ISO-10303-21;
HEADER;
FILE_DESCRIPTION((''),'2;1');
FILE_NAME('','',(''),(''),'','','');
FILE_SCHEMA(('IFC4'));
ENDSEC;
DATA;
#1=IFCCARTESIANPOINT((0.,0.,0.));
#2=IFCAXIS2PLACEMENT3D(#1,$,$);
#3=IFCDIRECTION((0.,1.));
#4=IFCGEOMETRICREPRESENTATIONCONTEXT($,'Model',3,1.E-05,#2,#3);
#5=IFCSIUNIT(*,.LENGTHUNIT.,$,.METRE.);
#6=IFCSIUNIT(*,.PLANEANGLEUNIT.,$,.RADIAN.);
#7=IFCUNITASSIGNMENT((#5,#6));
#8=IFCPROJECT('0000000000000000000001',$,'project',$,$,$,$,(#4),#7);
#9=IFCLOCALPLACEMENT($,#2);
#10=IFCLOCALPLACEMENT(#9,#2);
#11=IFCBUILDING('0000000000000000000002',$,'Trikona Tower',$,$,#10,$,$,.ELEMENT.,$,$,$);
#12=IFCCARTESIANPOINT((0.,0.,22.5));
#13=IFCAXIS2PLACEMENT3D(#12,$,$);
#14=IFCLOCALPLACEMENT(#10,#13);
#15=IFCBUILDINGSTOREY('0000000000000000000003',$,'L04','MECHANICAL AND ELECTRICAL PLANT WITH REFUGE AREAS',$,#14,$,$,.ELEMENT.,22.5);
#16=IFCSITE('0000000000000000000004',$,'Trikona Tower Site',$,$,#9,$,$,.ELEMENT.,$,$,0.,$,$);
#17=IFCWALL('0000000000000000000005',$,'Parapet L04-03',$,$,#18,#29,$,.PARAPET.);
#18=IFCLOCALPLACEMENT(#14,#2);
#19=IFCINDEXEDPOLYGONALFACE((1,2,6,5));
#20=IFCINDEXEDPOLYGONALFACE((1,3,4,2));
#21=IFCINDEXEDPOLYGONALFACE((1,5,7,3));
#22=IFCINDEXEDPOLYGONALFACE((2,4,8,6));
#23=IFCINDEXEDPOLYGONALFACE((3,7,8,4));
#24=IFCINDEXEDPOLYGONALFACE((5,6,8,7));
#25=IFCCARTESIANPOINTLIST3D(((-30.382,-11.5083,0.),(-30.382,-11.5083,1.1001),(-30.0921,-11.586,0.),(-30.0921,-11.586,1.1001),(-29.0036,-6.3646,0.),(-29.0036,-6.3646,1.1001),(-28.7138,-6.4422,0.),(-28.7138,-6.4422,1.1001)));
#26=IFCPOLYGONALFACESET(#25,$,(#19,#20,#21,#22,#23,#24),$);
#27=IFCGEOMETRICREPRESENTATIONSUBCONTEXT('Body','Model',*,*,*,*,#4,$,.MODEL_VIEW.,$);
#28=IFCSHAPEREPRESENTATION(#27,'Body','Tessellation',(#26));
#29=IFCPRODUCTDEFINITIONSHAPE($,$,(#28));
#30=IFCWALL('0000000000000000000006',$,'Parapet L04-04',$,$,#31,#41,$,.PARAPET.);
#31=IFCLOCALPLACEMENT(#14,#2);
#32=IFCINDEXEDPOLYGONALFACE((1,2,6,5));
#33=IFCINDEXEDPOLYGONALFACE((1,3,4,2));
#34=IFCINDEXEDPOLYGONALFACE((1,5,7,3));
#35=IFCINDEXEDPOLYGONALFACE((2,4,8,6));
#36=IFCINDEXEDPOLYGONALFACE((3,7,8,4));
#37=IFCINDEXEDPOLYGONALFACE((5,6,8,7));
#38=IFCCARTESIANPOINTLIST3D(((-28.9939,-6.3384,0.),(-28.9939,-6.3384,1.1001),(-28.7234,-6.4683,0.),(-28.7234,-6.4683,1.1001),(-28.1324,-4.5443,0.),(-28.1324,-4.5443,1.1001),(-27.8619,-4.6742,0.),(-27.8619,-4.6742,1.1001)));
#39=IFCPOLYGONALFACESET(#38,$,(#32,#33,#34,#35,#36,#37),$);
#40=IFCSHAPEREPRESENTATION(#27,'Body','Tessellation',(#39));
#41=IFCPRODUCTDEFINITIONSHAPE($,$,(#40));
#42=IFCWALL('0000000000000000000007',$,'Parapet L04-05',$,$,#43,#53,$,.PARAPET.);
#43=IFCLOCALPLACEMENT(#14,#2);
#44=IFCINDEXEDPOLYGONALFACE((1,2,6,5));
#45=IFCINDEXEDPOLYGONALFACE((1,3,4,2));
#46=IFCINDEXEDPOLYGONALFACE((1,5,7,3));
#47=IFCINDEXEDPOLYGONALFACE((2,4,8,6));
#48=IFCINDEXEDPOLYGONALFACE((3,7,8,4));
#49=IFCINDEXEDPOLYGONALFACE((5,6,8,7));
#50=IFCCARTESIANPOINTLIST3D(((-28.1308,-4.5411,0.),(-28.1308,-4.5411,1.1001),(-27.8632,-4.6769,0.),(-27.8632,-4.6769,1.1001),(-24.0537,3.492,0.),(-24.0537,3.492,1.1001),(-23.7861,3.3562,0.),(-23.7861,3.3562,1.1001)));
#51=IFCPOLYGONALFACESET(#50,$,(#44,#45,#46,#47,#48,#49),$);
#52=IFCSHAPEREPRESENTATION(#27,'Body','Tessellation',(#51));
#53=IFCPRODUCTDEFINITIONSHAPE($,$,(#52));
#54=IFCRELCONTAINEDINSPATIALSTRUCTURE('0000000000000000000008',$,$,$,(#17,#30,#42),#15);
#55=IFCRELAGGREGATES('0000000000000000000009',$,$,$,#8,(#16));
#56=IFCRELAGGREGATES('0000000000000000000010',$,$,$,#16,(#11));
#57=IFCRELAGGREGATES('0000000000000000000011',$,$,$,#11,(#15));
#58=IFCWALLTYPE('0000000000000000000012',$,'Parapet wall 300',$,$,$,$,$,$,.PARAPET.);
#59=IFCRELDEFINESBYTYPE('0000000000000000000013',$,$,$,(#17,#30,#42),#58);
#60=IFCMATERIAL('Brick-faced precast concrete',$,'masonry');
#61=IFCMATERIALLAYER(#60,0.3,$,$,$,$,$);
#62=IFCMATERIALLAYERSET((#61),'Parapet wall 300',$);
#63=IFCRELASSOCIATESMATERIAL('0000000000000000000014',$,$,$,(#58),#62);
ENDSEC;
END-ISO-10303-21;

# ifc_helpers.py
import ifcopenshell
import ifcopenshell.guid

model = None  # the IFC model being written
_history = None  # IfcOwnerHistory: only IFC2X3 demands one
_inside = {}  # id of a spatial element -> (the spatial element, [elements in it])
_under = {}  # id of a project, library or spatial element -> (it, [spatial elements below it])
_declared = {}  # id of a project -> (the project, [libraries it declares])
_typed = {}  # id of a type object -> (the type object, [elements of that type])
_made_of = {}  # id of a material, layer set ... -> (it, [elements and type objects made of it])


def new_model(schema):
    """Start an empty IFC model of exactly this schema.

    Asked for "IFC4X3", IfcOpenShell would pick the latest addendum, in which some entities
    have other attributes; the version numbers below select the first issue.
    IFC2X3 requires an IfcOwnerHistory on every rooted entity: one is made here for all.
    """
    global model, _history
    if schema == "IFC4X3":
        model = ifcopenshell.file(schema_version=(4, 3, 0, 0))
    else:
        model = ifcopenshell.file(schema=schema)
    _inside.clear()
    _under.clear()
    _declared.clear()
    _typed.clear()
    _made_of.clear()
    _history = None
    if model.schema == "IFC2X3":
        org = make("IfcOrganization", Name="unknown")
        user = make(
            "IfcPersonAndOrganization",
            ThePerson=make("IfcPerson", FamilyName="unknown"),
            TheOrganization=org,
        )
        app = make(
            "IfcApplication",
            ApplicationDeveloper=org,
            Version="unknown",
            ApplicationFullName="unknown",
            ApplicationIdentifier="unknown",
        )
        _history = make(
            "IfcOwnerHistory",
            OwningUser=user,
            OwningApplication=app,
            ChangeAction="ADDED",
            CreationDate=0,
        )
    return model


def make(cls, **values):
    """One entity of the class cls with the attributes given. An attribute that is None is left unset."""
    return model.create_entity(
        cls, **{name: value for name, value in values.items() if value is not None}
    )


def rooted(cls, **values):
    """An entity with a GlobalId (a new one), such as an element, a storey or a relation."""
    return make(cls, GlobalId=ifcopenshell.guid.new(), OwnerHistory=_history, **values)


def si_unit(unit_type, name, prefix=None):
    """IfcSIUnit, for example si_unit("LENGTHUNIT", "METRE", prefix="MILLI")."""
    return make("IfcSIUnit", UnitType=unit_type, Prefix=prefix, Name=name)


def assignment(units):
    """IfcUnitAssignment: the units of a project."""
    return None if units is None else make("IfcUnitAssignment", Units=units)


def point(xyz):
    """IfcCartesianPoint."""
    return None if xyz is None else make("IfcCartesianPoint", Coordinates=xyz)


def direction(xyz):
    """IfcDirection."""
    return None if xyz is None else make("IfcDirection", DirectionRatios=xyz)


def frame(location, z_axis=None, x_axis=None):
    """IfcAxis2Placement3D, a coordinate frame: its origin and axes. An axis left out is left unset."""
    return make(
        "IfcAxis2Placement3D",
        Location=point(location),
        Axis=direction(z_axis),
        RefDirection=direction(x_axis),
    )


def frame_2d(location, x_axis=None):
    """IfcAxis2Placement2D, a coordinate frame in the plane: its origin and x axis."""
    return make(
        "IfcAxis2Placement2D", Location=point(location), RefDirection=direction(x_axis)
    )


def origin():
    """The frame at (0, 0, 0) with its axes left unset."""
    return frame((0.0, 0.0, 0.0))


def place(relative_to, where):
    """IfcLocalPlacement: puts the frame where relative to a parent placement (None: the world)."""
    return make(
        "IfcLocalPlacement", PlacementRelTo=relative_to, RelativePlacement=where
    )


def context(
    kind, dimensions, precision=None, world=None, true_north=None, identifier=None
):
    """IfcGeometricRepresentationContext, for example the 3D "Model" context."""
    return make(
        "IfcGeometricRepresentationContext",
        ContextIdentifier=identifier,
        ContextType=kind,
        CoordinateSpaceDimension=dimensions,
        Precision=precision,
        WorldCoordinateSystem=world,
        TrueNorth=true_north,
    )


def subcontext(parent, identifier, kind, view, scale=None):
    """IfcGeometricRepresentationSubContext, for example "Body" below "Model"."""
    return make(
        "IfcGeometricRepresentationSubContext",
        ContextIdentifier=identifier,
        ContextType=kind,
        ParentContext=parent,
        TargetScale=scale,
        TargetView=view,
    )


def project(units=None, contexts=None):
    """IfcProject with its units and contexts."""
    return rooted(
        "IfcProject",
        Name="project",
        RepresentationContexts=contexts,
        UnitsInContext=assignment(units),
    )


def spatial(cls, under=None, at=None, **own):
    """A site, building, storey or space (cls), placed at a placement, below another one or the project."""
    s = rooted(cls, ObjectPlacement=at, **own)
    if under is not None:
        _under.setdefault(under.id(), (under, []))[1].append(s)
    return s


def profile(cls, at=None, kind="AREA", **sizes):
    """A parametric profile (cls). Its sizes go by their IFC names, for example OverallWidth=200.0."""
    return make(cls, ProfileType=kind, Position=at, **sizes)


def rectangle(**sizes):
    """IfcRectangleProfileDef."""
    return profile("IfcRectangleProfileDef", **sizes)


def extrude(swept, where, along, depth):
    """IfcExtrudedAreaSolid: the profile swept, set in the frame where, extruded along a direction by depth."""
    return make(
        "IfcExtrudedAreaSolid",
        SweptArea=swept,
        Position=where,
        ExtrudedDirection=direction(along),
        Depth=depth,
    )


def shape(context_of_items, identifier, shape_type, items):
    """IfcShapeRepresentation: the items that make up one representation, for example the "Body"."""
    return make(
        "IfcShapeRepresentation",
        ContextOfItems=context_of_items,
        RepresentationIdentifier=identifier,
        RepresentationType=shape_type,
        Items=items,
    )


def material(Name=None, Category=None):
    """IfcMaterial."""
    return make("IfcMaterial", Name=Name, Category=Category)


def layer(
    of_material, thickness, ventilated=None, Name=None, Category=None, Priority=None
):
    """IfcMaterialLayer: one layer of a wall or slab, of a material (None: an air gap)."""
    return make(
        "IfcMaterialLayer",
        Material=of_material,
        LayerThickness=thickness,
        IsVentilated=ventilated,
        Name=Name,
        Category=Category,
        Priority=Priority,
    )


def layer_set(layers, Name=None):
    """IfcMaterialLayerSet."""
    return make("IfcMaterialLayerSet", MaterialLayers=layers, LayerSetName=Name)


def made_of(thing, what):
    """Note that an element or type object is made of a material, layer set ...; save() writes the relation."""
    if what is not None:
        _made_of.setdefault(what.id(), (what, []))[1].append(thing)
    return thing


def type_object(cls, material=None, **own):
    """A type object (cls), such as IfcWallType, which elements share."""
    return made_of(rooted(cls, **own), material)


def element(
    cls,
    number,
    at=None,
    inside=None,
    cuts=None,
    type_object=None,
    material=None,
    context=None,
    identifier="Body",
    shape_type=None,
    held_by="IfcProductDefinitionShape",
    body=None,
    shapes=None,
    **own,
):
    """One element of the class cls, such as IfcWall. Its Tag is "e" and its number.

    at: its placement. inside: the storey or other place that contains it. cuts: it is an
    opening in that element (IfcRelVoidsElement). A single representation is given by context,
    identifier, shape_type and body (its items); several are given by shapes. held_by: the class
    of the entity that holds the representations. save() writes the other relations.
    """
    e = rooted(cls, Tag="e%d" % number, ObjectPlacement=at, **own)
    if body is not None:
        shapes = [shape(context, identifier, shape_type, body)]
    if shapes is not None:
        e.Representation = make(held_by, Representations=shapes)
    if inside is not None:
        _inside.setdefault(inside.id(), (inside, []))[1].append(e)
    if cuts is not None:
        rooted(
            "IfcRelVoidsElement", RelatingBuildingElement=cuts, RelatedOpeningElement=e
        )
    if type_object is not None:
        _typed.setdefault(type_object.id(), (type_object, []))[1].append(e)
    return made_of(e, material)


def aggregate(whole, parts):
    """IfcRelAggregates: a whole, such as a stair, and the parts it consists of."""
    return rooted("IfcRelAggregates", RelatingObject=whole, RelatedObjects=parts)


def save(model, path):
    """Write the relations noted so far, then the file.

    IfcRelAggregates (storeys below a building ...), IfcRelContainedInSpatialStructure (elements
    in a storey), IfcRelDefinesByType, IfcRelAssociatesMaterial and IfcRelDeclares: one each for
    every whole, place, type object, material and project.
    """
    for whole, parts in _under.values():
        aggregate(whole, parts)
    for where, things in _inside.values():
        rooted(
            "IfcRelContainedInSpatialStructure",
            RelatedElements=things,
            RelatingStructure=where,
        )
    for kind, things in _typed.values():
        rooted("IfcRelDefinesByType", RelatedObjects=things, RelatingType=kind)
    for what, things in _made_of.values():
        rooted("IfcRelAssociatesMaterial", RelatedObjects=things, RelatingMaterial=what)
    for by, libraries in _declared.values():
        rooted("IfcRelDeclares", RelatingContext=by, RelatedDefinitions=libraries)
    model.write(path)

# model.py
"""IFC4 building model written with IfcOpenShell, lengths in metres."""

from ifc_helpers import new_model, si_unit, direction, frame, frame_2d, origin, place, context, subcontext, project, spatial, rectangle, extrude, material, layer, layer_set, type_object, element, save


model = new_model("IFC4")

# Units and contexts
model_context = context("Model", 3, precision=1e-05, world=origin(), true_north=direction((0.0, 1.0)))
body_context = subcontext(model_context, "Body", "Model", "MODEL_VIEW")
ifc_project = project(units=[si_unit("LENGTHUNIT", "METRE"), si_unit("PLANEANGLEUNIT", "RADIAN")], contexts=[model_context])

# Site, building, storey
site_placement = place(None, origin())
site = spatial("IfcSite", under=ifc_project, at=site_placement, Name="Trikona Tower Site", CompositionType="ELEMENT", RefElevation=0.0)
building_placement = place(site_placement, origin())
building = spatial("IfcBuilding", under=site, at=building_placement, Name="Trikona Tower", CompositionType="ELEMENT")
storey_placement = place(building_placement, frame((0.0, 0.0, 22.5)))
storey = spatial("IfcBuildingStorey", under=building, at=storey_placement, Name="L04", Description="MECHANICAL AND ELECTRICAL PLANT WITH REFUGE AREAS", CompositionType="ELEMENT", Elevation=22.5)

# Walls
ifc_material_1 = material(Name="Brick-faced precast concrete", Category="masonry")
ifc_layer_1 = layer(ifc_material_1, 0.3)
ifc_layer_set_1 = layer_set([ifc_layer_1], Name="Parapet wall 300")
wall_type_1 = type_object("IfcWallType", Name="Parapet wall 300", PredefinedType="PARAPET", material=ifc_layer_set_1)
wall_1_placement = place(storey_placement, frame((-30.2371, -11.5471, 0.0), z_axis=(0.0, 0.0, 1.0), x_axis=(0.258844, 0.965919, 0.0)))
element("IfcWall", 1, at=wall_1_placement, inside=storey, type_object=wall_type_1, Name="Parapet L04-03", PredefinedType="PARAPET", context=body_context, shape_type="SweptSolid", body=[
    extrude(rectangle(XDim=5.3252, YDim=0.3, at=frame_2d((2.6626, 0.0))), origin(), (0.0, 0.0, 1.0), 1.1001),
])
wall_2_placement = place(storey_placement, frame((-28.8586, -6.4033, 0.0), z_axis=(0.0, 0.0, 1.0), x_axis=(0.432879, 0.901452, 0.0)))
element("IfcWall", 2, at=wall_2_placement, inside=storey, type_object=wall_type_1, Name="Parapet L04-04", PredefinedType="PARAPET", context=body_context, shape_type="SweptSolid", body=[
    extrude(rectangle(XDim=1.9902, YDim=0.3, at=frame_2d((0.9951, 0.0))), origin(), (0.0, 0.0, 1.0), 1.1001),
])
wall_3_placement = place(storey_placement, frame((-27.9971, -4.6091, 0.0), z_axis=(0.0, 0.0, 1.0), x_axis=(0.452582, 0.891723, 0.0)))
element("IfcWall", 3, at=wall_3_placement, inside=storey, type_object=wall_type_1, Name="Parapet L04-05", PredefinedType="PARAPET", context=body_context, shape_type="SweptSolid", body=[
    extrude(rectangle(XDim=9.0085, YDim=0.3, at=frame_2d((4.5044, 0.0))), origin(), (0.0, 0.0, 1.0), 1.1001),
])

save(model, "model.ifc")
